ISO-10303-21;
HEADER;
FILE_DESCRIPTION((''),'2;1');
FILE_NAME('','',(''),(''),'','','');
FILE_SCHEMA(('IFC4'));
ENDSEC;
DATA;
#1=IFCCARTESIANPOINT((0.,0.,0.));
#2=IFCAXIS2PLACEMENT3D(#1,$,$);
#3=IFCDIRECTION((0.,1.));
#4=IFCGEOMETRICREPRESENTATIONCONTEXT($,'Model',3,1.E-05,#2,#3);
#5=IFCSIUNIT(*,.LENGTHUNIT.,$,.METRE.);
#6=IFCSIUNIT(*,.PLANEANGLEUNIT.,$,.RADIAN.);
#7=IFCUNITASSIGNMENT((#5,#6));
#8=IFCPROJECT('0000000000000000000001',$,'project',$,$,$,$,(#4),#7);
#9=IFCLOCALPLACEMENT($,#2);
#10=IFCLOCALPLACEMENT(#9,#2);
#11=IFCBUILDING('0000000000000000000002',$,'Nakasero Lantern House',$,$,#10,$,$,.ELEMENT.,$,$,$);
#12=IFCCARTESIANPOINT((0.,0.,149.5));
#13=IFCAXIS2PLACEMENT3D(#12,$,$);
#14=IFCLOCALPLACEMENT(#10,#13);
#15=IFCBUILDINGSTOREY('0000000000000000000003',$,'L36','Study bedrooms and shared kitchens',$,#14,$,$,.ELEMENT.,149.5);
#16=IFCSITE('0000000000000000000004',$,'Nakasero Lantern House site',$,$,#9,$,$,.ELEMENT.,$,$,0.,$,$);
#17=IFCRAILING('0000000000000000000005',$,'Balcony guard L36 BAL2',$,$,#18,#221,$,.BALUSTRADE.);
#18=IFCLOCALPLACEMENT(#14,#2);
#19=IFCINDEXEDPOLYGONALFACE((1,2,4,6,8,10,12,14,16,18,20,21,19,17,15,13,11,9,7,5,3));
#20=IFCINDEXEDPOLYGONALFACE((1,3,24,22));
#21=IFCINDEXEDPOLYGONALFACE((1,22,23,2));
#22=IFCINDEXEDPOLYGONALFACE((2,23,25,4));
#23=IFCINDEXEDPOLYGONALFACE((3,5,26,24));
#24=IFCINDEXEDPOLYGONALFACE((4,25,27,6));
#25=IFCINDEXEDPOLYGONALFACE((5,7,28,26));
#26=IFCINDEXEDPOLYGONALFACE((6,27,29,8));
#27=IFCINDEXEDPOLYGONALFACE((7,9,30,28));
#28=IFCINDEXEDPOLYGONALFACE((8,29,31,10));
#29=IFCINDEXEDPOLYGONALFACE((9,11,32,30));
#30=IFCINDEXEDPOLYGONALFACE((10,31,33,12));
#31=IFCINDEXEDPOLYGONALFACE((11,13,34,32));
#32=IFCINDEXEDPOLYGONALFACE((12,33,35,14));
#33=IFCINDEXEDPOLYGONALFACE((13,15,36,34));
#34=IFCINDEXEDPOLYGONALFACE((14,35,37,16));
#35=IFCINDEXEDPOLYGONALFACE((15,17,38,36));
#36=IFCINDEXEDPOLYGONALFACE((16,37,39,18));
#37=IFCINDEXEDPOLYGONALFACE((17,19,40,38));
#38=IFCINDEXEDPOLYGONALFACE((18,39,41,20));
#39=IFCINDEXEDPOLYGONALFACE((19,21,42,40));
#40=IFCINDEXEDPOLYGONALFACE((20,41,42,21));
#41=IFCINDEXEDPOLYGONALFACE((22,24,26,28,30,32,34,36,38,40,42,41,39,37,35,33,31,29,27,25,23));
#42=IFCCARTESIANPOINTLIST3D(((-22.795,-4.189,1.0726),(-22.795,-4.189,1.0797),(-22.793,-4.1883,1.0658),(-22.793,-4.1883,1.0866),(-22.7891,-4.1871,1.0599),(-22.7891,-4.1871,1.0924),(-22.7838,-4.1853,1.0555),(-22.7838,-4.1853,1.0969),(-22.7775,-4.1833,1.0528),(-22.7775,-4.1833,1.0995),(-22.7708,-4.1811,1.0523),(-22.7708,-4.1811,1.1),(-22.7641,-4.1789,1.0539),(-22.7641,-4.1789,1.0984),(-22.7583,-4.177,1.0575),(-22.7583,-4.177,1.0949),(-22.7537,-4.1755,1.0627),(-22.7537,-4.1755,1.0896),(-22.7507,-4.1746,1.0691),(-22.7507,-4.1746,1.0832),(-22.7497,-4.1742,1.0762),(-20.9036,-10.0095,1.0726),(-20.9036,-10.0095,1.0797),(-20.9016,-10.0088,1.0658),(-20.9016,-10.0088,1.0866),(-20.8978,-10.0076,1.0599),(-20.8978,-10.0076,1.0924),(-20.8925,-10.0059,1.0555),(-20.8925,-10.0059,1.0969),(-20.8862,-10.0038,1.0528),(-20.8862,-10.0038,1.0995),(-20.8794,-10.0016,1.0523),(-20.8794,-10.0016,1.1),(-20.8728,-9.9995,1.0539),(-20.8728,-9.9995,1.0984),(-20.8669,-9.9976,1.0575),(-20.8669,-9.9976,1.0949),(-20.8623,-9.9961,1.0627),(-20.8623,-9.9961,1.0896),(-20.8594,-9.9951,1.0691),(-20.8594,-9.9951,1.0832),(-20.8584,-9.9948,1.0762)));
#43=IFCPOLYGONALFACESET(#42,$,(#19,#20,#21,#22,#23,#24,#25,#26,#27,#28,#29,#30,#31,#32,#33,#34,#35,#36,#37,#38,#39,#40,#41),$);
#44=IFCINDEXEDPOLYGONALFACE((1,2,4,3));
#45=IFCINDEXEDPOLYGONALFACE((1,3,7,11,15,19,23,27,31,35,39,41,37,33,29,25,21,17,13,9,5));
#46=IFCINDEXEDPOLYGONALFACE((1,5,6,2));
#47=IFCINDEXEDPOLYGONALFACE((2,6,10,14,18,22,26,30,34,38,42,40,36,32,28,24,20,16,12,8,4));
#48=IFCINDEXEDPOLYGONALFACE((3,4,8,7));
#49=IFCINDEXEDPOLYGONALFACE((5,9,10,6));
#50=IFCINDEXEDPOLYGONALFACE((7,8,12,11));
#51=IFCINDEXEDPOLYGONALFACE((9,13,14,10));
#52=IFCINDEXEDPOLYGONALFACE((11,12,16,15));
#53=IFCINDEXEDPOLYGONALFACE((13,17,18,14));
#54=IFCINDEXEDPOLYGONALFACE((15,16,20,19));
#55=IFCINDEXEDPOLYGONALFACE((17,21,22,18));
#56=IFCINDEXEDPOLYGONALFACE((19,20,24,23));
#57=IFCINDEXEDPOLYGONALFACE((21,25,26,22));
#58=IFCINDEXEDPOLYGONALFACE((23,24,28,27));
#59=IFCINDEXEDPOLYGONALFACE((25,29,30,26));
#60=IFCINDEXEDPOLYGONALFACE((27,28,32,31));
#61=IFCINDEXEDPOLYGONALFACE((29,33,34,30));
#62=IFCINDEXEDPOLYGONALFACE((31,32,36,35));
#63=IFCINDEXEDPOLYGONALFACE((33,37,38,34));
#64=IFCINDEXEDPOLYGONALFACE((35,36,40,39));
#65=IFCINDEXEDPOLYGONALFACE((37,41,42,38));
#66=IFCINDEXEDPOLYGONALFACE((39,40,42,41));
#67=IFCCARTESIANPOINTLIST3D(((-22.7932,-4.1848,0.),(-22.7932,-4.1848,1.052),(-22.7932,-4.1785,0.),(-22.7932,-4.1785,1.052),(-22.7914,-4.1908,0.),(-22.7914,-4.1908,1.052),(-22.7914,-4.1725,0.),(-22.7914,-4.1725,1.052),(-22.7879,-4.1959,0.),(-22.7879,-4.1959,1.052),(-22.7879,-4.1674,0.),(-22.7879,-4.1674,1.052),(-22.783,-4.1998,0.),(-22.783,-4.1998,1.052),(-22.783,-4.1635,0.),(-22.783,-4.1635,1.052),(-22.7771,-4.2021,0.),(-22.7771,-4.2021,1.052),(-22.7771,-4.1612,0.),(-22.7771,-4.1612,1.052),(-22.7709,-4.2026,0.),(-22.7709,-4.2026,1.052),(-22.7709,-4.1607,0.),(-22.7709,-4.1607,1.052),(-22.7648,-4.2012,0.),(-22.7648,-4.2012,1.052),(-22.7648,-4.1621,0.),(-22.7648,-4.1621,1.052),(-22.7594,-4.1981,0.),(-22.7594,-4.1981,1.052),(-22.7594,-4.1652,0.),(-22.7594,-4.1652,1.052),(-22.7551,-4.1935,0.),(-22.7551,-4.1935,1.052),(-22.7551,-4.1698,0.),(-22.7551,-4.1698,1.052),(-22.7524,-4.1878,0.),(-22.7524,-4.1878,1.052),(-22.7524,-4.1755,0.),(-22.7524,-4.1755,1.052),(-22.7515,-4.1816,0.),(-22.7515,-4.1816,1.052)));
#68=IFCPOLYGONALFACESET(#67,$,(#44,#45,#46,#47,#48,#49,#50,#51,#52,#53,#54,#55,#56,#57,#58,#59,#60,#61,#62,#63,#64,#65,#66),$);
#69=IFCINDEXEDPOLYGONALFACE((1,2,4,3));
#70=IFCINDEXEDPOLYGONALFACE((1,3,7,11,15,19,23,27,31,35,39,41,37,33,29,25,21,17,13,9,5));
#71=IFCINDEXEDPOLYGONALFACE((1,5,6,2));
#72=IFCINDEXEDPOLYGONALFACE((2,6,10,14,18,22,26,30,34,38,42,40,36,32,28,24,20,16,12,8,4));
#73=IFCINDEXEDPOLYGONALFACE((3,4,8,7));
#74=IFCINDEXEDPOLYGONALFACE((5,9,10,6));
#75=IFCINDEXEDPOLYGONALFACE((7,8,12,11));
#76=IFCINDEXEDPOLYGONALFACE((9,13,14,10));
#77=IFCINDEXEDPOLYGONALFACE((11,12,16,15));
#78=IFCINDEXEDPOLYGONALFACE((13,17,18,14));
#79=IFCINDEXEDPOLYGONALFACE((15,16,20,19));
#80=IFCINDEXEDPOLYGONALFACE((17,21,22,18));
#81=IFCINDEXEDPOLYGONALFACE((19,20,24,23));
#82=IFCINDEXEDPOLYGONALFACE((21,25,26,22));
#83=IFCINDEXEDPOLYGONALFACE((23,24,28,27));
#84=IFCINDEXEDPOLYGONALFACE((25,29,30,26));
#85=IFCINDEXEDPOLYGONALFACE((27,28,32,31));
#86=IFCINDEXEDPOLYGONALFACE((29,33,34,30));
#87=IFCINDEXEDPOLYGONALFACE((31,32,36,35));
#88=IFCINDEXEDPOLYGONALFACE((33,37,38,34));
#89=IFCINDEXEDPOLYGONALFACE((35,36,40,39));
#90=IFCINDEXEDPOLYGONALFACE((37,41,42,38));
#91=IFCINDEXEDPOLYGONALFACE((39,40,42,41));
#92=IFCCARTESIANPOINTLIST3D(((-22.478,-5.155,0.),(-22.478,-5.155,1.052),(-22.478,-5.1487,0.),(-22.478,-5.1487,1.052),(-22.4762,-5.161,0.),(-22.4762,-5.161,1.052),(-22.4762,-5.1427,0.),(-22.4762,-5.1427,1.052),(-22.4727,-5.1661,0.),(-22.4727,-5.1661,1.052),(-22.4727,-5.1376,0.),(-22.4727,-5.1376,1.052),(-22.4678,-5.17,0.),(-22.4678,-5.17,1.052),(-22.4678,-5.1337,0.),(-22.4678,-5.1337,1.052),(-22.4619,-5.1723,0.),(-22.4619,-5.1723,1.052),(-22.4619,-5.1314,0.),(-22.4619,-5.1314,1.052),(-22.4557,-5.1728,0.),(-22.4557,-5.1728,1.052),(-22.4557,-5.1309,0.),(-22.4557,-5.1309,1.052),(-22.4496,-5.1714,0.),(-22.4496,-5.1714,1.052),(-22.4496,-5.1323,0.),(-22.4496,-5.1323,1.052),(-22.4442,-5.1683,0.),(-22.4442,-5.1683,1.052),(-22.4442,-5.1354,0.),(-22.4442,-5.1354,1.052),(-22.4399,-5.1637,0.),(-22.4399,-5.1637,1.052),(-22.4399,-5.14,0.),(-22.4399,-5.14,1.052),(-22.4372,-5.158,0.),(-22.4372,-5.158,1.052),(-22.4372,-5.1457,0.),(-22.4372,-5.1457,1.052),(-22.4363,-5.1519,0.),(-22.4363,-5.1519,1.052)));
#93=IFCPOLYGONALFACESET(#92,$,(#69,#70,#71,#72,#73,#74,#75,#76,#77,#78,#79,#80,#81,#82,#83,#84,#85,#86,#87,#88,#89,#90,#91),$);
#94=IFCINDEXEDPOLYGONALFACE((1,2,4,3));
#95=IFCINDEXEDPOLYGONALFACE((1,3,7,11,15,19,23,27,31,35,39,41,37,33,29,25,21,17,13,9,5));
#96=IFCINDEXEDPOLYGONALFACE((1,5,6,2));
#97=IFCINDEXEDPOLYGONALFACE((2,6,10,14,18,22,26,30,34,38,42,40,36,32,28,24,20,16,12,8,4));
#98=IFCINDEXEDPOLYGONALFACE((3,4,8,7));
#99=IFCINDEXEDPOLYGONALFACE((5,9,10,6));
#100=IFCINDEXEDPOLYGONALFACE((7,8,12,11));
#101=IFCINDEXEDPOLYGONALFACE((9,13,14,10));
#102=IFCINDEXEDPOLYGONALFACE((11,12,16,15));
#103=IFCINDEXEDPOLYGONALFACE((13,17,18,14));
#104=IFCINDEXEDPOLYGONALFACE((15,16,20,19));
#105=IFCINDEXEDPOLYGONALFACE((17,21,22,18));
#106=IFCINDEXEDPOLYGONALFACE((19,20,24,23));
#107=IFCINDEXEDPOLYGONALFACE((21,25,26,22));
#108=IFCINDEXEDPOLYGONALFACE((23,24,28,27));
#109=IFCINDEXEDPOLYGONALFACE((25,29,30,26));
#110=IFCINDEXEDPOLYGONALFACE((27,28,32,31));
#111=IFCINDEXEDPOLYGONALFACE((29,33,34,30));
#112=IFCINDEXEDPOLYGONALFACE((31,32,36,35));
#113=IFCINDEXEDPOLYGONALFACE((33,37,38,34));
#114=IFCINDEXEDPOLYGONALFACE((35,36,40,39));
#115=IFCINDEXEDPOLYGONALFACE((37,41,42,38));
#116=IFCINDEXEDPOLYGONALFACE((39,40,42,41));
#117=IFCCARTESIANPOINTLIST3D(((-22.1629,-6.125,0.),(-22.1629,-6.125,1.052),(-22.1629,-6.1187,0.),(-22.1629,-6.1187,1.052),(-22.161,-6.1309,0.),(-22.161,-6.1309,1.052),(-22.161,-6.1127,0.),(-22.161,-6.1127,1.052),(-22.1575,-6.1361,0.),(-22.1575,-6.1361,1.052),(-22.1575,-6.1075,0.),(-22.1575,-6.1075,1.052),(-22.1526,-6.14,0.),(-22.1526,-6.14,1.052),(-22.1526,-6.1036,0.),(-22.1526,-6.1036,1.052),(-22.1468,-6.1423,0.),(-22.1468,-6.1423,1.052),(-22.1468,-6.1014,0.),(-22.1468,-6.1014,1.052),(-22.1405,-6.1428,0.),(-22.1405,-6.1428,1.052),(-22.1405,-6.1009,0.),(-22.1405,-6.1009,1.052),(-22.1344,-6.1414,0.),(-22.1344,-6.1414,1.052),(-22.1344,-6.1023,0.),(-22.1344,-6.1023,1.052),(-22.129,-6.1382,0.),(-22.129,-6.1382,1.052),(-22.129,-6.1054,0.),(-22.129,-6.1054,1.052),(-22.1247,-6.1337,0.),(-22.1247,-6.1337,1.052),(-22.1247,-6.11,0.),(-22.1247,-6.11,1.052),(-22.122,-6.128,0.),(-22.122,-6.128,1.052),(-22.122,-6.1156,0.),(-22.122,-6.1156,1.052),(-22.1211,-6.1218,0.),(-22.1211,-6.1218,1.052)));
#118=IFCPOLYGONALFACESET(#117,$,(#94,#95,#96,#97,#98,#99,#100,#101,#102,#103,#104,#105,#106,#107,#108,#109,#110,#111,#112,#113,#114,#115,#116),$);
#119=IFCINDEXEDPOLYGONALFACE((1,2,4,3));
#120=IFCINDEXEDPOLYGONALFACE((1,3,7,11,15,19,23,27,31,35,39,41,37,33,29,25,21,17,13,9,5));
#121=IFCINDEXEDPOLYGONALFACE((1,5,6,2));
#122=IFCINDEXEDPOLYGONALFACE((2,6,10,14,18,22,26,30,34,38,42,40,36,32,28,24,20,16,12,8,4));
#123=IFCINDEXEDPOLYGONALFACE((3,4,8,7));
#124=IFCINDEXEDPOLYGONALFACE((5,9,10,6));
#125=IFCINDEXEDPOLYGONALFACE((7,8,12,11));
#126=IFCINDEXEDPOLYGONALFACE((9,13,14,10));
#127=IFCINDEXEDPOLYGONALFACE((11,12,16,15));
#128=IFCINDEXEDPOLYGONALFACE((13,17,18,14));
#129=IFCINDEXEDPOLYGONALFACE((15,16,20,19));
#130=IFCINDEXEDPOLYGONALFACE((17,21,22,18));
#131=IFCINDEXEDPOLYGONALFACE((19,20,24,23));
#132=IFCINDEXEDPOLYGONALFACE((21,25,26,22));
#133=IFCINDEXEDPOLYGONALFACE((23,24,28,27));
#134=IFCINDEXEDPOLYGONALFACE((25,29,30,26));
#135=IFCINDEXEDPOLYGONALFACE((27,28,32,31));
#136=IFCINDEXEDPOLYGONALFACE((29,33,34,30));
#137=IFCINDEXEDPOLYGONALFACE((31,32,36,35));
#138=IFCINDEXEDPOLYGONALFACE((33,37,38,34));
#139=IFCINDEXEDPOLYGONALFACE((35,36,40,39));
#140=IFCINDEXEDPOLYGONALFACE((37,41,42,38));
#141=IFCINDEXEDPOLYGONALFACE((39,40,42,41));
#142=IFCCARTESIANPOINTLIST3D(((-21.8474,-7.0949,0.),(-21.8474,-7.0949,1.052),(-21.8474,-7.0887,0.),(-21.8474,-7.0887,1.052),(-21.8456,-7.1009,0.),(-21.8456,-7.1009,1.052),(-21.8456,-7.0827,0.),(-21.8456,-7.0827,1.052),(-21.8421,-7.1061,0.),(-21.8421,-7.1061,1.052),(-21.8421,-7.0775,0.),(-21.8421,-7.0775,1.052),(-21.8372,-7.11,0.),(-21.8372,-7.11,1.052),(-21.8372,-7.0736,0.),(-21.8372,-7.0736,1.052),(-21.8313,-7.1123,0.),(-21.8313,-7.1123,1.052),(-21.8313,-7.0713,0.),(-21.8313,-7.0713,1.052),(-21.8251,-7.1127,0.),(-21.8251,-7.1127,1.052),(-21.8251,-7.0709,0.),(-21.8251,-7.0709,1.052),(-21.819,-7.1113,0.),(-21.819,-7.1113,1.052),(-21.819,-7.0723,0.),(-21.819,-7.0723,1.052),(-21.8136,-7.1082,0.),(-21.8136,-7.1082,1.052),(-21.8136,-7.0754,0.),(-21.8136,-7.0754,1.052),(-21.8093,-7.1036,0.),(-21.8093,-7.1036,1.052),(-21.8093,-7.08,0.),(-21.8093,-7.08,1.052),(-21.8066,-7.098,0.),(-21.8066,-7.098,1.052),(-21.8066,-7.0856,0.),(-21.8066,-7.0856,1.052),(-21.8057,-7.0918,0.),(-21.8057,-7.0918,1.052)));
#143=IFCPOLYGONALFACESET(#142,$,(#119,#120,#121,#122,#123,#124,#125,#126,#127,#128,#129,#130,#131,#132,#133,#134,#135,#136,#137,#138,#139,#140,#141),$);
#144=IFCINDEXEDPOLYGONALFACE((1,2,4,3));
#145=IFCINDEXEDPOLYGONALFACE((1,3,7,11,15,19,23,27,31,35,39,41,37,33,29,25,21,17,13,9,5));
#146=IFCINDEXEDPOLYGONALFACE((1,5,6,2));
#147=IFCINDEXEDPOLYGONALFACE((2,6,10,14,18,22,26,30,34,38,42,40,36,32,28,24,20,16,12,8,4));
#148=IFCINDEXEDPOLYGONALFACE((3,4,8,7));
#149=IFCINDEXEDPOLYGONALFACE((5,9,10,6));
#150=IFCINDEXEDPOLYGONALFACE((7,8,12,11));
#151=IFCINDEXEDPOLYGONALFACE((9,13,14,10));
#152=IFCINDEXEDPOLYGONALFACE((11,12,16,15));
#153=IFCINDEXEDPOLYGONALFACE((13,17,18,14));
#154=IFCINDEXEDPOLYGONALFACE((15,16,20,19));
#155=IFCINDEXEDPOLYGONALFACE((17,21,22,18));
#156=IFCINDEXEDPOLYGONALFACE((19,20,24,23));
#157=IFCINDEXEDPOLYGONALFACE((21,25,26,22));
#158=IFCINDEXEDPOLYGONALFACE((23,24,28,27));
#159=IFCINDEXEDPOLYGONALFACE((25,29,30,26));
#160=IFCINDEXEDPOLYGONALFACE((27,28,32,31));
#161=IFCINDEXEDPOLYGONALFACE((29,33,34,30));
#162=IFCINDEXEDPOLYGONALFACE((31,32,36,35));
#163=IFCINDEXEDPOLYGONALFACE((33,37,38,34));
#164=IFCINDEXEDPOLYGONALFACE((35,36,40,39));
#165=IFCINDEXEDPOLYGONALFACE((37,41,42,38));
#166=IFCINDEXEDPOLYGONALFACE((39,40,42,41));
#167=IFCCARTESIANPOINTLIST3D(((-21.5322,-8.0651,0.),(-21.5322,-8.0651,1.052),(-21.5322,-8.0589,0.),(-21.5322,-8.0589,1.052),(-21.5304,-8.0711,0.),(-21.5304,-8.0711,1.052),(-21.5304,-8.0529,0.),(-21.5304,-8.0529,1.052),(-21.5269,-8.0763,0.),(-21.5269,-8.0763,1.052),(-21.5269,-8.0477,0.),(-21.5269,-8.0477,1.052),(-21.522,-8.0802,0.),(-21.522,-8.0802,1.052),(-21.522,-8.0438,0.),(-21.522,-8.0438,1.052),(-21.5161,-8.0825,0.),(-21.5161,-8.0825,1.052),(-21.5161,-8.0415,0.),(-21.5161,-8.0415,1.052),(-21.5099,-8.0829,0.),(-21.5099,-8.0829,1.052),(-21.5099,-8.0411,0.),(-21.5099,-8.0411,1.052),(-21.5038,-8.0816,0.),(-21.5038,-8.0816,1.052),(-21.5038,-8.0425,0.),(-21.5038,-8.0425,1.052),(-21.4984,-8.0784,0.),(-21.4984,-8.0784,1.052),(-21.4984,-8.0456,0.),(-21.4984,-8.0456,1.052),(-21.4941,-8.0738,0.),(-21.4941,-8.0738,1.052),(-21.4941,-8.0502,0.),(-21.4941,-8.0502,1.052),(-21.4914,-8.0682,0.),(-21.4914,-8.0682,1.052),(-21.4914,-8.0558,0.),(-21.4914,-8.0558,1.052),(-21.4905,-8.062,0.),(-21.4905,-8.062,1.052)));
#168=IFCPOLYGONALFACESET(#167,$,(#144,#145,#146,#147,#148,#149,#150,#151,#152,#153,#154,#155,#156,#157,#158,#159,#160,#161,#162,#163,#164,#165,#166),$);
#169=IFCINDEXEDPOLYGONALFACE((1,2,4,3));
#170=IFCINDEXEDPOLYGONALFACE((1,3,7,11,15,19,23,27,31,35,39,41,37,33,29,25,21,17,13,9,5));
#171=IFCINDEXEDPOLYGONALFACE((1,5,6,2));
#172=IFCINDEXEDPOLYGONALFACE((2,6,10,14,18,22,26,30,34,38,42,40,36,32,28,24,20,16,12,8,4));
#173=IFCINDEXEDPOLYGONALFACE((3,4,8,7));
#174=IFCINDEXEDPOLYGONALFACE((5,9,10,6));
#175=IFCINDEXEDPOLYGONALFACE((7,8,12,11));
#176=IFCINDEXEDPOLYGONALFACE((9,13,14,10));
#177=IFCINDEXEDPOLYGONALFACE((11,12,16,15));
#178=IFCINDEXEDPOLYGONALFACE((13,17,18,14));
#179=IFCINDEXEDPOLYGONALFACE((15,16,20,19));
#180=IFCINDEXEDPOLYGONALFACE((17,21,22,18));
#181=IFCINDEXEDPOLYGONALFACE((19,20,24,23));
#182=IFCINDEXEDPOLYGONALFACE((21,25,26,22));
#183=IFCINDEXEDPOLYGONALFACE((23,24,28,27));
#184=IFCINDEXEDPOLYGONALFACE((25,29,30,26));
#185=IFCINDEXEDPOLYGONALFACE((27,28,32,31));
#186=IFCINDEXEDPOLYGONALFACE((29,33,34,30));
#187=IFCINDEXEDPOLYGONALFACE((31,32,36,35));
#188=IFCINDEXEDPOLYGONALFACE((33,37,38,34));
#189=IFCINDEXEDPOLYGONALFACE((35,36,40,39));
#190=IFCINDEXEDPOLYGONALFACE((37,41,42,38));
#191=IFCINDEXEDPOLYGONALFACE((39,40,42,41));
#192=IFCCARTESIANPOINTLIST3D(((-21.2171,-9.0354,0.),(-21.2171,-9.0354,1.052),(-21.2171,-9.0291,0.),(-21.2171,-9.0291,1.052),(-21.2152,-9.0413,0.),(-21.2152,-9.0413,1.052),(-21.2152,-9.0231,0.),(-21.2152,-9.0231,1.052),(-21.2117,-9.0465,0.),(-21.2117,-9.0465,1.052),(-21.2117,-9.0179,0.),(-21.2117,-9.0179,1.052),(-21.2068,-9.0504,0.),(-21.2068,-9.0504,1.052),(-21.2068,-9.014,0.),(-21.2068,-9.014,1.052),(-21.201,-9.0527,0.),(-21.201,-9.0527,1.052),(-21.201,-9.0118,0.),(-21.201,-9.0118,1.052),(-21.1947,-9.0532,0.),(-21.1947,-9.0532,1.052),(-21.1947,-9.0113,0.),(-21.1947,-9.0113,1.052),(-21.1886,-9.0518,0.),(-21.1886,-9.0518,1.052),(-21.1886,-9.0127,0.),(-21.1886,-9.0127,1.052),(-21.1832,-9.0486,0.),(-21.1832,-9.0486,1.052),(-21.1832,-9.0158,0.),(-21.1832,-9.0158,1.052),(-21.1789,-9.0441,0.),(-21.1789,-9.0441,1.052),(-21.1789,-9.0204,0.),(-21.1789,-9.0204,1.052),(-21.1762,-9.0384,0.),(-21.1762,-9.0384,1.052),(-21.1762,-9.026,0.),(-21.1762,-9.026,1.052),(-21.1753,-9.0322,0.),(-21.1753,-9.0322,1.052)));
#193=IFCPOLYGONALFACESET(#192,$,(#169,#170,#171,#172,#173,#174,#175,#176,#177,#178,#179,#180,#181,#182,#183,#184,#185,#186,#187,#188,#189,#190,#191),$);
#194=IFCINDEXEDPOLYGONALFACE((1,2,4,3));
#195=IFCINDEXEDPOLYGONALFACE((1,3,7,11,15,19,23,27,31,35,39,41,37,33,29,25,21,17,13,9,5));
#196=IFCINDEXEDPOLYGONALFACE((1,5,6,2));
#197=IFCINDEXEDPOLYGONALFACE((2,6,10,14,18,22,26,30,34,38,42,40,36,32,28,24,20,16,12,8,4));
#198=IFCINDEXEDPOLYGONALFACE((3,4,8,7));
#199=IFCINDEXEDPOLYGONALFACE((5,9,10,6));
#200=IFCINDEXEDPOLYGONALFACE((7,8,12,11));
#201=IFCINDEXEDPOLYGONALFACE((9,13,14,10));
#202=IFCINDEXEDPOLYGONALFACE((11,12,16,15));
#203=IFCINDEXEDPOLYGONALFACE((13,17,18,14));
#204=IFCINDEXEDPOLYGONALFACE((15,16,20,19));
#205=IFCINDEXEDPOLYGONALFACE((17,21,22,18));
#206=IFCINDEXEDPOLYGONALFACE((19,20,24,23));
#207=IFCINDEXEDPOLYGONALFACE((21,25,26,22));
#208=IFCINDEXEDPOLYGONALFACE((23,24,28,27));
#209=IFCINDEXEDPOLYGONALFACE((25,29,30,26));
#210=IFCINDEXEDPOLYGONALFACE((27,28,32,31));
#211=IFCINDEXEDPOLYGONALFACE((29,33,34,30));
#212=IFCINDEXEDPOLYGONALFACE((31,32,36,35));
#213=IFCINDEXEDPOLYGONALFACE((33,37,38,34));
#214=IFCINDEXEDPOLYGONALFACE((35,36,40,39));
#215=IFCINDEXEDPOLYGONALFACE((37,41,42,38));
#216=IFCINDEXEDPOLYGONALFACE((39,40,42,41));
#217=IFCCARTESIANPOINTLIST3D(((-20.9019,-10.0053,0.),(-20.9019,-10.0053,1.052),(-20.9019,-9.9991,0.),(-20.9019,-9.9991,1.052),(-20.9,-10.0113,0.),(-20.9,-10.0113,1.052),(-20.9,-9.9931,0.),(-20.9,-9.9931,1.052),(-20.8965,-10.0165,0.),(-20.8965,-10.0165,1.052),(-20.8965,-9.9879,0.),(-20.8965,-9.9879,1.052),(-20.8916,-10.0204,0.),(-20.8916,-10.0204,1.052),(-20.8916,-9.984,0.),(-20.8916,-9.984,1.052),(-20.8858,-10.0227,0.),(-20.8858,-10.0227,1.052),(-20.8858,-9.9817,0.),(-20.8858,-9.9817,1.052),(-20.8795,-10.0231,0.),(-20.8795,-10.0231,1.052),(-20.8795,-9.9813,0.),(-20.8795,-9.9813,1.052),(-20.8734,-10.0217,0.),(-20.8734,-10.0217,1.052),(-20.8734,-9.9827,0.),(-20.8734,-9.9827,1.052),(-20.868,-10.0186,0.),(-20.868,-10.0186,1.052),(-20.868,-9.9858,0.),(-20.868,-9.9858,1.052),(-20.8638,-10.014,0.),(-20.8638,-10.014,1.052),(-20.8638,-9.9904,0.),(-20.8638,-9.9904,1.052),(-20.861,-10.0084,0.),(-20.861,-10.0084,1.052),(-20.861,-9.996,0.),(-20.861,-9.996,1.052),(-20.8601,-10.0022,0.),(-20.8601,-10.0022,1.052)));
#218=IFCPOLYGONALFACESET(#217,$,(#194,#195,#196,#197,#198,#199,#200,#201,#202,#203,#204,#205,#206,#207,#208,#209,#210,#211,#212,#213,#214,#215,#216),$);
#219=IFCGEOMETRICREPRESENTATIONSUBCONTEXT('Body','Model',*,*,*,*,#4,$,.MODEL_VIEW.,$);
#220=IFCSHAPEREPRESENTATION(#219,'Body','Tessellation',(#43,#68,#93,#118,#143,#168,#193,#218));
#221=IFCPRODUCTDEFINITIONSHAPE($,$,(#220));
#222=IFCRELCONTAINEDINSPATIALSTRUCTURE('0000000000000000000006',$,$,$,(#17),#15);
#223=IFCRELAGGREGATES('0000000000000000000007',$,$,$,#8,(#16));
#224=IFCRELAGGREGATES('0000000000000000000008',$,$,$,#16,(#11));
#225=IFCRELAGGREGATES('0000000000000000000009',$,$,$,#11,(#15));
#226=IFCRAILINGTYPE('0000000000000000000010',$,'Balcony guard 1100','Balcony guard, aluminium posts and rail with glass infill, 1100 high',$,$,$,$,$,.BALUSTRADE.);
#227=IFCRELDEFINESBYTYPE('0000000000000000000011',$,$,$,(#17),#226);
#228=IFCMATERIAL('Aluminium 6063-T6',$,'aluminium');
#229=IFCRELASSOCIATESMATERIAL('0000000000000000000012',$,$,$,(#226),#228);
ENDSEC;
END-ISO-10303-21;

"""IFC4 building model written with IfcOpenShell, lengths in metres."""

from ifc_helpers import new_model, si_unit, direction, frame, origin, origin_2d, place, context, subcontext, project, spatial, circle, extrude, material, type_object, element, save


model = new_model("IFC4")

# Units and contexts
model_context = context("Model", 3, precision=1e-05, world=origin(), true_north=direction((0.0, 1.0)))
body_context = subcontext(model_context, "Body", "Model", "MODEL_VIEW")
ifc_project = project(units=[si_unit("LENGTHUNIT", "METRE"), si_unit("PLANEANGLEUNIT", "RADIAN")], contexts=[model_context])

# Site, building, storey
site_placement = place(None, origin())
site = spatial("IfcSite", under=ifc_project, at=site_placement, Name="Nakasero Lantern House site", CompositionType="ELEMENT", RefElevation=0.0)
building_placement = place(site_placement, origin())
building = spatial("IfcBuilding", under=site, at=building_placement, Name="Nakasero Lantern House", CompositionType="ELEMENT")
storey_placement = place(building_placement, frame((0.0, 0.0, 149.5)))
storey = spatial("IfcBuildingStorey", under=building, at=storey_placement, Name="L36", Description="Study bedrooms and shared kitchens", CompositionType="ELEMENT", Elevation=149.5)

# Railing
ifc_material_1 = material(Name="Aluminium 6063-T6", Category="aluminium")
railing_type = type_object("IfcRailingType", Name="Balcony guard 1100", Description="Balcony guard, aluminium posts and rail with glass infill, 1100 high", PredefinedType="BALUSTRADE", material=ifc_material_1)
railing_placement = place(storey_placement, frame((-22.7725, -4.1816, 0.0)))
element("IfcRailing", 1, at=railing_placement, inside=storey, type_object=railing_type, Name="Balcony guard L36 BAL2", PredefinedType="BALUSTRADE", context=body_context, shape_type="SweptSolid", body=[
    extrude(circle(Radius=0.0239, at=origin_2d()), frame((0.0, 0.0, 1.0762), z_axis=(0.309038, -0.95105, 0.0), x_axis=(0.95105, 0.309038, 0.0)), (0.0, 0.0, 1.0), 6.1201),
    extrude(circle(Radius=0.021, at=origin_2d()), origin(), (0.0, 0.0, 1.0), 1.052),
    extrude(circle(Radius=0.021, at=origin_2d()), frame((0.3152, -0.9702, 0.0)), (0.0, 0.0, 1.0), 1.052),
    extrude(circle(Radius=0.021, at=origin_2d()), frame((0.6304, -1.9402, 0.0)), (0.0, 0.0, 1.0), 1.052),
    extrude(circle(Radius=0.021, at=origin_2d()), frame((0.9458, -2.9102, 0.0)), (0.0, 0.0, 1.0), 1.052),
    extrude(circle(Radius=0.021, at=origin_2d()), frame((1.261, -3.8804, 0.0)), (0.0, 0.0, 1.0), 1.052),
    extrude(circle(Radius=0.021, at=origin_2d()), frame((1.5762, -4.8506, 0.0)), (0.0, 0.0, 1.0), 1.052),
    extrude(circle(Radius=0.021, at=origin_2d()), frame((1.8914, -5.8206, 0.0)), (0.0, 0.0, 1.0), 1.052),
])

save(model, "model.ifc")
